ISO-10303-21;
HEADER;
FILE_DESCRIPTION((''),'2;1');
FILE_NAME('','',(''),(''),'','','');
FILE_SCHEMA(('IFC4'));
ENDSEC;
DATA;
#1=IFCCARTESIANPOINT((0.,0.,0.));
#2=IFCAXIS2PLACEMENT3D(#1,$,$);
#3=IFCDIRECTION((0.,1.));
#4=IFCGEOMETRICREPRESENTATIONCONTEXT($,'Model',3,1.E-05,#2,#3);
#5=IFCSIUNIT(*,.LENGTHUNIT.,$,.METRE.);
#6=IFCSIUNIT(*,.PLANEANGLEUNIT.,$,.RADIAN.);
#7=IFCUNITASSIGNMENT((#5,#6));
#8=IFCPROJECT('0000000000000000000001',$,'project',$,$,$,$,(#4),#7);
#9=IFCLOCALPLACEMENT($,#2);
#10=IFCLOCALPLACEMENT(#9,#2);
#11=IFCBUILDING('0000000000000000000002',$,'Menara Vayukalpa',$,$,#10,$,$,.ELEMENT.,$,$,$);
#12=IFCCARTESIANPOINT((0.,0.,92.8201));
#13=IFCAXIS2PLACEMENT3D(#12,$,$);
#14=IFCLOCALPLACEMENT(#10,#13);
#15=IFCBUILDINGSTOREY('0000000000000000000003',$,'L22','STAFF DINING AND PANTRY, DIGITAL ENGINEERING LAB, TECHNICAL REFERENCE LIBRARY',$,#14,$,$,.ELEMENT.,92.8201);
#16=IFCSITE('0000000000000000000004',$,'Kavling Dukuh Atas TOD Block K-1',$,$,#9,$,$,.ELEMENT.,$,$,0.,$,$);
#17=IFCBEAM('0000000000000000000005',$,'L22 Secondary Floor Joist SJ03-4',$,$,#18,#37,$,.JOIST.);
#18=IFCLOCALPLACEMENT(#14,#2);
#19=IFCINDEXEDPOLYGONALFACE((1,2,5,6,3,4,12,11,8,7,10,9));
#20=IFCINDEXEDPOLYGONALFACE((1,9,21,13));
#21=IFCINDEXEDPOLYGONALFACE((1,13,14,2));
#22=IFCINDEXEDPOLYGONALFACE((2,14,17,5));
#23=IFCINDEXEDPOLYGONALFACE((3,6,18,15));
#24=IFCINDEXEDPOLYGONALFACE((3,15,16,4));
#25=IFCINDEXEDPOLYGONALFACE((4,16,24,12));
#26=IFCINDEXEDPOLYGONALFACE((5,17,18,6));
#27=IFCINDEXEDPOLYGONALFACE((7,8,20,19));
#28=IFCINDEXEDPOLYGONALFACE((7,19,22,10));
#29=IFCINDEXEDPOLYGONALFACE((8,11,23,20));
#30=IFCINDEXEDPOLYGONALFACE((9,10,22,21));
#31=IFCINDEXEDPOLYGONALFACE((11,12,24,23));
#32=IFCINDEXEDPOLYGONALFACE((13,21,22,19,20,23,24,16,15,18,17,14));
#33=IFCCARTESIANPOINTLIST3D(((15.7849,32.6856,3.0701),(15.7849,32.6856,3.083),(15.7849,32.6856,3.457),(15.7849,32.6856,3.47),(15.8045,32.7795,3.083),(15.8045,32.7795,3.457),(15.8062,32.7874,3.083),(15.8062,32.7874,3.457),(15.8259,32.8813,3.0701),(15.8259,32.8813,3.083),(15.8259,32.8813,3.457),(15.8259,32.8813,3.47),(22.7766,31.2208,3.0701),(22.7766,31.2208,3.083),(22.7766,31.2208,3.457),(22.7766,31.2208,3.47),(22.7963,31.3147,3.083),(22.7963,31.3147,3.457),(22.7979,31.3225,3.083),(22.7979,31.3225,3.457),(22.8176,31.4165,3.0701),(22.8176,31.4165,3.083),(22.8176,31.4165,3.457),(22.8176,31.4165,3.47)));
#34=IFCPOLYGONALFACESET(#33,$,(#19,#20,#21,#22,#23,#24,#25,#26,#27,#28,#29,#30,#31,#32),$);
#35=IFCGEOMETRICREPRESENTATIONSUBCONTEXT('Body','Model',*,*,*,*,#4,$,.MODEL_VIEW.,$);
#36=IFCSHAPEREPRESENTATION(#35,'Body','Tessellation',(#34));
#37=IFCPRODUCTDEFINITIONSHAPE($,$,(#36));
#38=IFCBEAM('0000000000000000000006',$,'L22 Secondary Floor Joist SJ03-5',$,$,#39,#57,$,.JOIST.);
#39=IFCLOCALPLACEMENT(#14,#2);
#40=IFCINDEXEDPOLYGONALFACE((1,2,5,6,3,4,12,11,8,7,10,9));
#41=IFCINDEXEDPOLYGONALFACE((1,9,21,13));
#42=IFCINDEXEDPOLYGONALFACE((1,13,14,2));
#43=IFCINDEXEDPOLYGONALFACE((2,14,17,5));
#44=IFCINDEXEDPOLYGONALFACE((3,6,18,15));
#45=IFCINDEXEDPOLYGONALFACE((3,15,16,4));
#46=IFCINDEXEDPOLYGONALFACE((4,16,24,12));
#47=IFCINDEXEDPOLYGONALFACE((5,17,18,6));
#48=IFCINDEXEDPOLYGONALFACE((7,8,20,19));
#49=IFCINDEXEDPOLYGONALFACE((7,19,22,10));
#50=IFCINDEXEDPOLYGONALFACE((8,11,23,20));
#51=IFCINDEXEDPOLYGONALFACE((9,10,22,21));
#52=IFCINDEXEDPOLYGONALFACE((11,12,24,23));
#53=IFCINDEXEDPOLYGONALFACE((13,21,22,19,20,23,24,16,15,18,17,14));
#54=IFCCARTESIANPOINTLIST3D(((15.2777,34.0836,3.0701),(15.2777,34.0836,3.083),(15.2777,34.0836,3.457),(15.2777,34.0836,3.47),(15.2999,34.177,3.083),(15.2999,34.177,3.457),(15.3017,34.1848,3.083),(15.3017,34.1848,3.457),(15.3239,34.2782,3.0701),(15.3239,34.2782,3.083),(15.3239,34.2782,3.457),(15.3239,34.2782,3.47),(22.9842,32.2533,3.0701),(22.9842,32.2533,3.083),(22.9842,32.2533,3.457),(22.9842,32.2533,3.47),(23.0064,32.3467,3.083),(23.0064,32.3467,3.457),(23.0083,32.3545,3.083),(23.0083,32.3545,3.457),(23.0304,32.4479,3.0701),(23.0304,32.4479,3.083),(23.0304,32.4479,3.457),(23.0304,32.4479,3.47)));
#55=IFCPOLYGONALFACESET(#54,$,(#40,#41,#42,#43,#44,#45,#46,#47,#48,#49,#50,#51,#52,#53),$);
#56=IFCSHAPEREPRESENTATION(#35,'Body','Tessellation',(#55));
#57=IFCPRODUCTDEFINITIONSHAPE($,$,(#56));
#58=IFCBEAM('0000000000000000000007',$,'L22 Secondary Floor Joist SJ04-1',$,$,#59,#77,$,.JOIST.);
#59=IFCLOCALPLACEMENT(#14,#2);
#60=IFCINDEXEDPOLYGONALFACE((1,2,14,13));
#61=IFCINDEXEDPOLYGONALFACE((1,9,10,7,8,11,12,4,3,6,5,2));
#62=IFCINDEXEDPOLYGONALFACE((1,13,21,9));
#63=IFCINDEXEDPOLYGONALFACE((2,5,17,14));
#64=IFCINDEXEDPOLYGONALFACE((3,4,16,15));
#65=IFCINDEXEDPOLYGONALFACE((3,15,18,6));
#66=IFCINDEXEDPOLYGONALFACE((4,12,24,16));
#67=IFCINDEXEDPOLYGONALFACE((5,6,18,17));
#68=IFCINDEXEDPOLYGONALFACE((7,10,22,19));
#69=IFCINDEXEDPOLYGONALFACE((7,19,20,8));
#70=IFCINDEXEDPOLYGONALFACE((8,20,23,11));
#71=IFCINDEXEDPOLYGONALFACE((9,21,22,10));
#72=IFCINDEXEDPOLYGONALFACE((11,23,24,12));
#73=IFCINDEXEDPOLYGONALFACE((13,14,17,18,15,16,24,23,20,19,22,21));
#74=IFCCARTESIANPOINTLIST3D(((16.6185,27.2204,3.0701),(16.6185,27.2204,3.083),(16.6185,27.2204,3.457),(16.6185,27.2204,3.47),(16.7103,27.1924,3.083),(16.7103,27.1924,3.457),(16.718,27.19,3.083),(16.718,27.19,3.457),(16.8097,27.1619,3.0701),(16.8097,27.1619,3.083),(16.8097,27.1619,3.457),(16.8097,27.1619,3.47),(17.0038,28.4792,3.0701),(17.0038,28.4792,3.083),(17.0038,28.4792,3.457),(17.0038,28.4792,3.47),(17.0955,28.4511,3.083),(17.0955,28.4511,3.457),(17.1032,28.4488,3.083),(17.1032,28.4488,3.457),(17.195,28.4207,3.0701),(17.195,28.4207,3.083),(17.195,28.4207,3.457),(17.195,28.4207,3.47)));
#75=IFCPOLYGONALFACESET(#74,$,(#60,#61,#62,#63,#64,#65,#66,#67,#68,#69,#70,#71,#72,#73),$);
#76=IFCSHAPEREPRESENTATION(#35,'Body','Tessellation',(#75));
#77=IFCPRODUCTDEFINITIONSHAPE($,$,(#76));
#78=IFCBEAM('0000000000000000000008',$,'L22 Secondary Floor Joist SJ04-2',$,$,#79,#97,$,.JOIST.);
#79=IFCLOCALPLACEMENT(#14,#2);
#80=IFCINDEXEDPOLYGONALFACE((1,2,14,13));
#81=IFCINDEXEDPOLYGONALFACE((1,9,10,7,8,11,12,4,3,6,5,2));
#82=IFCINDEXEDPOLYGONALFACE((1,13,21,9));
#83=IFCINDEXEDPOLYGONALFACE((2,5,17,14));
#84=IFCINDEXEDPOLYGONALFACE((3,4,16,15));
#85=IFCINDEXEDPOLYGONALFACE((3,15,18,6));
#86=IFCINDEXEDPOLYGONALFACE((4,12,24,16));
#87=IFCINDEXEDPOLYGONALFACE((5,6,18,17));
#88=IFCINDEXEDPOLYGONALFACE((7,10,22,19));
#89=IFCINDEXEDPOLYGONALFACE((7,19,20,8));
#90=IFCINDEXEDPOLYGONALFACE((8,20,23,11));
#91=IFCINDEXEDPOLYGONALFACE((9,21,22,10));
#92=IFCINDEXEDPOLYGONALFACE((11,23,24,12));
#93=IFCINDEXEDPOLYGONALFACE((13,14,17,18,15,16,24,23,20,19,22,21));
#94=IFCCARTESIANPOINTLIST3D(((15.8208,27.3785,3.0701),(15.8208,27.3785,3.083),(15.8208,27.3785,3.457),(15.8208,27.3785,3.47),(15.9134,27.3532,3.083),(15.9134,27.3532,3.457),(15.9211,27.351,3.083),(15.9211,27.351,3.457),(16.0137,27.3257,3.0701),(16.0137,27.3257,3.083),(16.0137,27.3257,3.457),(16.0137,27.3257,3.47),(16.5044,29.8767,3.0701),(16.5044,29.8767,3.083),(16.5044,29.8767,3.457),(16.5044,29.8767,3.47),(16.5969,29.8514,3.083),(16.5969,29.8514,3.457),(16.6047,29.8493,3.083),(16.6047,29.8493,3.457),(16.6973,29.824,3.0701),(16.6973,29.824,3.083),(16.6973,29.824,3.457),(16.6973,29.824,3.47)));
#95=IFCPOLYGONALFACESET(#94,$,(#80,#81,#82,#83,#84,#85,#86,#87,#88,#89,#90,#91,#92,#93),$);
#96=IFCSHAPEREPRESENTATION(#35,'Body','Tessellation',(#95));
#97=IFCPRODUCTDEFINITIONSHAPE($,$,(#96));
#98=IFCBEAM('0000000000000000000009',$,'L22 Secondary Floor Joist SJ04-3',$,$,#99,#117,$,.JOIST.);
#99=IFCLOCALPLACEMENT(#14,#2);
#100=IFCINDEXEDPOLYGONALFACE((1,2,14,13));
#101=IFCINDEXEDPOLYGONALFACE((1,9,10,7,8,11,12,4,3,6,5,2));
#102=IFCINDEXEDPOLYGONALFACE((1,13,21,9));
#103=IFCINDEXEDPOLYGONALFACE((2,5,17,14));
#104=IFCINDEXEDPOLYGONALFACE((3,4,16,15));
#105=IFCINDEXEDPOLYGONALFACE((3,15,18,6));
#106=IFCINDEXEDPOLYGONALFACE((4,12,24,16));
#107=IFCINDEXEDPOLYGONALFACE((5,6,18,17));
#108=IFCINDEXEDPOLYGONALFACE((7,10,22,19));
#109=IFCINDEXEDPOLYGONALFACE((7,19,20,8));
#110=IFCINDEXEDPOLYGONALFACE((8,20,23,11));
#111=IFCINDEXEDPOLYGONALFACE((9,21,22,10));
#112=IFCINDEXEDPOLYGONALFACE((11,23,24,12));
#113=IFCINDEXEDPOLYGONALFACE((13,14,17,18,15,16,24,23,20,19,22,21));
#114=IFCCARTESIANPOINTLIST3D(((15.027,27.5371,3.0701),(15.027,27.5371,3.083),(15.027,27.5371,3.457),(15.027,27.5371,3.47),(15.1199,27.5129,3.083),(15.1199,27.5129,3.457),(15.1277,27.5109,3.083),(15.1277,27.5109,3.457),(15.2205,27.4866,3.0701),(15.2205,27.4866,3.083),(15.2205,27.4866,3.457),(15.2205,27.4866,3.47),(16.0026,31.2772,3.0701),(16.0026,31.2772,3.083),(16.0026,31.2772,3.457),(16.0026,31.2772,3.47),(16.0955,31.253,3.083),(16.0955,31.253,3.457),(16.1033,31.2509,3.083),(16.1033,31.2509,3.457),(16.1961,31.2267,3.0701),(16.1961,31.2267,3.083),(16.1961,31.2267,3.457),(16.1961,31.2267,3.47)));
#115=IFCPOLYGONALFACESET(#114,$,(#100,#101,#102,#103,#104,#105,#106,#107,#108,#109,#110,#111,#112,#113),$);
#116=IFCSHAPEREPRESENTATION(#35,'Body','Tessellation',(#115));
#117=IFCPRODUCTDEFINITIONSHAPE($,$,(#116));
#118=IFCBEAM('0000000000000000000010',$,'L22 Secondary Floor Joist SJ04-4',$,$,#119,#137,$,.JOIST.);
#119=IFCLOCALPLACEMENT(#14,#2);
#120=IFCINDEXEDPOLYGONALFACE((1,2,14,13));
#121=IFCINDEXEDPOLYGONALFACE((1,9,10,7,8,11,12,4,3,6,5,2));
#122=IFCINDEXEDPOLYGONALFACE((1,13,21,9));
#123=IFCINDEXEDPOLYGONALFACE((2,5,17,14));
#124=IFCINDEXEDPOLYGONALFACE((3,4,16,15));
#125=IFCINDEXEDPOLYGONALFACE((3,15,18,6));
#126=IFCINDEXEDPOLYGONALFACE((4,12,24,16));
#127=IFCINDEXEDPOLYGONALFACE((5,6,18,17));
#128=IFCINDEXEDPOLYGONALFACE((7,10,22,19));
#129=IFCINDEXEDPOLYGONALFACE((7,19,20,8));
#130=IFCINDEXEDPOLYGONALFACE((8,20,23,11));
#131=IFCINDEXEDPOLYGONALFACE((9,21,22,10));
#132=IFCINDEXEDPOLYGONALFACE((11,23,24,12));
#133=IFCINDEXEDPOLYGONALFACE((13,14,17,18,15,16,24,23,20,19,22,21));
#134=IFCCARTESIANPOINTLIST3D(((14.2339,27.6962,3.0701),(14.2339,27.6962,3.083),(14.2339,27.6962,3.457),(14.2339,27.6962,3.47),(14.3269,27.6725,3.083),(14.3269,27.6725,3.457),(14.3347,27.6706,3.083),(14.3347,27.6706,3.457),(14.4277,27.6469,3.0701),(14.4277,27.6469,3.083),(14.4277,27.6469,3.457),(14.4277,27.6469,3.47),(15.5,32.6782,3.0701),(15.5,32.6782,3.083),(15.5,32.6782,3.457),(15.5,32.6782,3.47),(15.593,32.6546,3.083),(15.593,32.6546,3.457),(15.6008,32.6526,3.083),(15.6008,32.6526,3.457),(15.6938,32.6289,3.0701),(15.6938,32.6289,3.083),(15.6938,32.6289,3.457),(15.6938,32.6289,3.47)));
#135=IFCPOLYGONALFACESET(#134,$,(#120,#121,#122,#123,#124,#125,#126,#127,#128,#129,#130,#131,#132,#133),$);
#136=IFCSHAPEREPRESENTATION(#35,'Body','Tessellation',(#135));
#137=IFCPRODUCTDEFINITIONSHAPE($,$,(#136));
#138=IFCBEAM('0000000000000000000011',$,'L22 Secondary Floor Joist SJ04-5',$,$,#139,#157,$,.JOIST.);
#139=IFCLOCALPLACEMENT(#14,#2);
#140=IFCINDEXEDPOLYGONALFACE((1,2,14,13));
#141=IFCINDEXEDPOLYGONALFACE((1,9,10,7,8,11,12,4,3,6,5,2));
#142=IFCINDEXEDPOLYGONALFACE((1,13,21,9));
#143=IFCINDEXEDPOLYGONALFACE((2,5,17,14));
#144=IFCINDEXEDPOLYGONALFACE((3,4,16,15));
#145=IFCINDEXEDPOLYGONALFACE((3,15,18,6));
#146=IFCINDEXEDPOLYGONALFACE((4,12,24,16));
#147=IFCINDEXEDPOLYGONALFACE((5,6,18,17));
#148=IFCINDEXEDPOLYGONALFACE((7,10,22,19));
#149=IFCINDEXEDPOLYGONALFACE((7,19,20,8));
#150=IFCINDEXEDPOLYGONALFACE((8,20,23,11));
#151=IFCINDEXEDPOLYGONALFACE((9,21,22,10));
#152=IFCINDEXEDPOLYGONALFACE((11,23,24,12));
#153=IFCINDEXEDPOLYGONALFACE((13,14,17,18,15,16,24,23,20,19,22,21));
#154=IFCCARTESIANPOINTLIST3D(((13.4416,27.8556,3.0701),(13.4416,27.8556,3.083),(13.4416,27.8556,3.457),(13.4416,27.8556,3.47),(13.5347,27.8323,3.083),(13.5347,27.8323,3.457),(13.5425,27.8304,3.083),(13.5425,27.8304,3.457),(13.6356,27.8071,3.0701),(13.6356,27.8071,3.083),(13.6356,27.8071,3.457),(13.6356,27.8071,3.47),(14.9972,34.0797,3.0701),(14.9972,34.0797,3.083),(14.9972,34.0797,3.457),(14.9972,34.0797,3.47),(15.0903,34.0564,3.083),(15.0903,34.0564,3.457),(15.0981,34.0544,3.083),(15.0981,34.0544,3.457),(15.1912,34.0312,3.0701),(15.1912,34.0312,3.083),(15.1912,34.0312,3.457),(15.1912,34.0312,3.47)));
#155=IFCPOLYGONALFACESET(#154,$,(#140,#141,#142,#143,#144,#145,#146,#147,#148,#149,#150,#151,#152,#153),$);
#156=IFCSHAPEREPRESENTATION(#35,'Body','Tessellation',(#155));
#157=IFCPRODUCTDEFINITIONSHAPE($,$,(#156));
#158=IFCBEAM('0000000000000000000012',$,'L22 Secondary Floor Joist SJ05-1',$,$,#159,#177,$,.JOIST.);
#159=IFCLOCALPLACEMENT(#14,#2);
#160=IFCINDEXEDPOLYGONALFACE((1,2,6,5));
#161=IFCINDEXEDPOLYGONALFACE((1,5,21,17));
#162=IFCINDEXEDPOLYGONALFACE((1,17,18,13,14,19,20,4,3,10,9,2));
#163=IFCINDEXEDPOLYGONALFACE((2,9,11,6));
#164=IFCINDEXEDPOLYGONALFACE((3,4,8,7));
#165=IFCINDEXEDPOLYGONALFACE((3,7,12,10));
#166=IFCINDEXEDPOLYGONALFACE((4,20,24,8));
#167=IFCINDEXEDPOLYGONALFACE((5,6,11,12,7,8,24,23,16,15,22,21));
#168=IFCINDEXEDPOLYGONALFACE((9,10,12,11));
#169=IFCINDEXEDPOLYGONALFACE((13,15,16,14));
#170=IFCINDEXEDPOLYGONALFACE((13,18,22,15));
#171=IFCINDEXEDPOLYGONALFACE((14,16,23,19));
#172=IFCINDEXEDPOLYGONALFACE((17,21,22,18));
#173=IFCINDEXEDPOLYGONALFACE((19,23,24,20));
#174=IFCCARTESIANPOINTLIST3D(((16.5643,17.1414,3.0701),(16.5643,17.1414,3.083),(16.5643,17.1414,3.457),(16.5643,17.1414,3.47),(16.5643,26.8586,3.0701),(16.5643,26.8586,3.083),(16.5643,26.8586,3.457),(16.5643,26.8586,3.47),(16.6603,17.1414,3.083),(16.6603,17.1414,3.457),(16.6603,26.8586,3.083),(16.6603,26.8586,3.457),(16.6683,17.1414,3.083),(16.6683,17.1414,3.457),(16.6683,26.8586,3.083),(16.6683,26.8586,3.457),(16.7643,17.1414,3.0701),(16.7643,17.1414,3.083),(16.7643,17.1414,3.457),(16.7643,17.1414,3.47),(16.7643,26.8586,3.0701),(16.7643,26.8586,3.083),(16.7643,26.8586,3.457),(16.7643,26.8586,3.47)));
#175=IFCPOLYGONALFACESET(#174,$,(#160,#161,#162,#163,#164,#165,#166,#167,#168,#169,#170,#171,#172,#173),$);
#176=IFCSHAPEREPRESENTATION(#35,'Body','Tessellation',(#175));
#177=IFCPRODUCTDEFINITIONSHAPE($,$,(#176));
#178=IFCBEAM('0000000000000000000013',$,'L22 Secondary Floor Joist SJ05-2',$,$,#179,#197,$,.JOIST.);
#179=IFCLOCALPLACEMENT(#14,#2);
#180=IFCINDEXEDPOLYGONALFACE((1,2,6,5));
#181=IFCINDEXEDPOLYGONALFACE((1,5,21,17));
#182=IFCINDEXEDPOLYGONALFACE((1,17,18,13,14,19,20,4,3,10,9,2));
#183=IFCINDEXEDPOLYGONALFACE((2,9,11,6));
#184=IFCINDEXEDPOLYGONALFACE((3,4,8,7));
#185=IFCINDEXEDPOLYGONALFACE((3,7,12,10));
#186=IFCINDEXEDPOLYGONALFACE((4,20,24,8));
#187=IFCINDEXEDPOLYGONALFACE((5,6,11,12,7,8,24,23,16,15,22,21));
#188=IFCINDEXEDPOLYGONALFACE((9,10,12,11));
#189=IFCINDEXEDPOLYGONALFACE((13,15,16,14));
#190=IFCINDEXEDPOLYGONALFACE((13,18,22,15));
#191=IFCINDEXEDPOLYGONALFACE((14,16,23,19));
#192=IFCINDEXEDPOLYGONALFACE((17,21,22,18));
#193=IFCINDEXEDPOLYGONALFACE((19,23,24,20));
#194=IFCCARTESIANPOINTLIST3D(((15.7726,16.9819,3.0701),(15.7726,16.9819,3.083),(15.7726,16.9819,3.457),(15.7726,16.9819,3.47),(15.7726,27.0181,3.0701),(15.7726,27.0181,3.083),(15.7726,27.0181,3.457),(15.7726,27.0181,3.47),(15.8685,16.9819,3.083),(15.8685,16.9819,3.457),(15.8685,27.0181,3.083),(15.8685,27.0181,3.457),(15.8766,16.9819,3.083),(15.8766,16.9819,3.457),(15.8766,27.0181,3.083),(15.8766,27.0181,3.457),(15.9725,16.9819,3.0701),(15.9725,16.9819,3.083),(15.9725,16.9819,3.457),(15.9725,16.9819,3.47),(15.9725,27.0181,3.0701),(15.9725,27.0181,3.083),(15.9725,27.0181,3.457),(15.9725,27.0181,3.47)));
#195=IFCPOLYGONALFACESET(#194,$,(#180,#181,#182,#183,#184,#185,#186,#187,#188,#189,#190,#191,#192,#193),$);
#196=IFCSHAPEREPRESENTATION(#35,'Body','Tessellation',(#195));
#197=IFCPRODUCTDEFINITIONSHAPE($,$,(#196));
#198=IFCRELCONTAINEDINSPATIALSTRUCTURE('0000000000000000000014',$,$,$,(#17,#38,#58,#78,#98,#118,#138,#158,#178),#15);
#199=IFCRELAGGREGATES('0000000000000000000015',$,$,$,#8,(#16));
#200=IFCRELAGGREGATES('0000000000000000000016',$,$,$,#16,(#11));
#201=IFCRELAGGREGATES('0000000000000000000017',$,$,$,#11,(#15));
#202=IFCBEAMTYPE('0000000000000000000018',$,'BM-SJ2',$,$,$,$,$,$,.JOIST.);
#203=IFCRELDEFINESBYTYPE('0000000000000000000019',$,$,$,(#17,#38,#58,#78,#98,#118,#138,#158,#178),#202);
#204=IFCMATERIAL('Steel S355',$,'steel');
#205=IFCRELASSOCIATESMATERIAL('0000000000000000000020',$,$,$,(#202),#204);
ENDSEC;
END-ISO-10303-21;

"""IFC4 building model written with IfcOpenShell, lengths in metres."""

from ifc_helpers import new_model, si_unit, direction, frame, origin, origin_2d, place, context, subcontext, project, spatial, i_section, extrude, material, material_profile, profile_set, type_object, element, save


model = new_model("IFC4")

# Units and contexts
model_context = context("Model", 3, precision=1e-05, world=origin(), true_north=direction((0.0, 1.0)))
body_context = subcontext(model_context, "Body", "Model", "MODEL_VIEW")
ifc_project = project(units=[si_unit("LENGTHUNIT", "METRE"), si_unit("PLANEANGLEUNIT", "RADIAN")], contexts=[model_context])

# Site, building, storey
site_placement = place(None, origin())
site = spatial("IfcSite", under=ifc_project, at=site_placement, Name="Kavling Dukuh Atas TOD Block K-1", CompositionType="ELEMENT", RefElevation=0.0)
building_placement = place(site_placement, origin())
building = spatial("IfcBuilding", under=site, at=building_placement, Name="Menara Vayukalpa", CompositionType="ELEMENT")
storey_placement = place(building_placement, frame((0.0, 0.0, 92.8201)))
storey = spatial("IfcBuildingStorey", under=building, at=storey_placement, Name="L22", Description="STAFF DINING AND PANTRY, DIGITAL ENGINEERING LAB, TECHNICAL REFERENCE LIBRARY", CompositionType="ELEMENT", Elevation=92.8201)

# Beams
ifc_material_1 = material(Name="Steel S355", Category="steel")
ifc_material_profile_1 = material_profile(ifc_material_1, i_section(OverallWidth=0.2, OverallDepth=0.3999, WebThickness=0.0081, FlangeThickness=0.0129, at=origin_2d()), Name="WF 400x200x8x13")
ifc_profile_set_1 = profile_set([ifc_material_profile_1], Name="Steel S355")
beam_type_1 = type_object("IfcBeamType", Name="BM-SJ2", PredefinedType="JOIST", material=ifc_profile_set_1)
beam_1_placement = place(storey_placement, frame((22.7971, 31.3186, 3.27), z_axis=(-0.978749, 0.20506, 0.0), x_axis=(-0.20506, -0.978749, 0.0)))
element("IfcBeam", 1, at=beam_1_placement, inside=storey, type_object=beam_type_1, Name="L22 Secondary Floor Joist SJ03-4", PredefinedType="JOIST", context=body_context, shape_type="SweptSolid", body=[
    extrude(i_section(OverallWidth=0.2, OverallDepth=0.3999, WebThickness=0.0081, FlangeThickness=0.0129, at=origin_2d()), origin(), (0.0, 0.0, 1.0), 7.1436),
])
beam_2_placement = place(storey_placement, frame((23.0073, 32.3506, 3.27), z_axis=(-0.972936, 0.231075, 0.0), x_axis=(-0.231075, -0.972936, 0.0)))
element("IfcBeam", 2, at=beam_2_placement, inside=storey, type_object=beam_type_1, Name="L22 Secondary Floor Joist SJ03-5", PredefinedType="JOIST", context=body_context, shape_type="SweptSolid", body=[
    extrude(i_section(OverallWidth=0.2, OverallDepth=0.3999, WebThickness=0.0081, FlangeThickness=0.0129, at=origin_2d()), origin(), (0.0, 0.0, 1.0), 7.9209),
])
beam_3_placement = place(storey_placement, frame((17.0994, 28.45, 3.27), z_axis=(-0.292652, -0.956219, 0.0), x_axis=(0.956219, -0.292652, 0.0)))
element("IfcBeam", 3, at=beam_3_placement, inside=storey, type_object=beam_type_1, Name="L22 Secondary Floor Joist SJ04-1", PredefinedType="JOIST", context=body_context, shape_type="SweptSolid", body=[
    extrude(i_section(OverallWidth=0.2, OverallDepth=0.3999, WebThickness=0.0081, FlangeThickness=0.0129, at=origin_2d()), origin(), (0.0, 0.0, 1.0), 1.3164),
])
beam_4_placement = place(storey_placement, frame((16.6008, 29.8503, 3.27), z_axis=(-0.263923, -0.964544, 0.0), x_axis=(0.964544, -0.263923, 0.0)))
element("IfcBeam", 4, at=beam_4_placement, inside=storey, type_object=beam_type_1, Name="L22 Secondary Floor Joist SJ04-2", PredefinedType="JOIST", context=body_context, shape_type="SweptSolid", body=[
    extrude(i_section(OverallWidth=0.2, OverallDepth=0.3999, WebThickness=0.0081, FlangeThickness=0.0129, at=origin_2d()), origin(), (0.0, 0.0, 1.0), 2.5901),
])
beam_5_placement = place(storey_placement, frame((16.0994, 31.252, 3.27), z_axis=(-0.252406, -0.967621, 0.0), x_axis=(0.967621, -0.252406, 0.0)))
element("IfcBeam", 5, at=beam_5_placement, inside=storey, type_object=beam_type_1, Name="L22 Secondary Floor Joist SJ04-3", PredefinedType="JOIST", context=body_context, shape_type="SweptSolid", body=[
    extrude(i_section(OverallWidth=0.2, OverallDepth=0.3999, WebThickness=0.0081, FlangeThickness=0.0129, at=origin_2d()), origin(), (0.0, 0.0, 1.0), 3.8652),
])
beam_6_placement = place(storey_placement, frame((15.5969, 32.6536, 3.27), z_axis=(-0.246311, -0.969191, 0.0), x_axis=(0.969191, -0.246311, 0.0)))
element("IfcBeam", 6, at=beam_6_placement, inside=storey, type_object=beam_type_1, Name="L22 Secondary Floor Joist SJ04-4", PredefinedType="JOIST", context=body_context, shape_type="SweptSolid", body=[
    extrude(i_section(OverallWidth=0.2, OverallDepth=0.3999, WebThickness=0.0081, FlangeThickness=0.0129, at=origin_2d()), origin(), (0.0, 0.0, 1.0), 5.1404),
])
beam_7_placement = place(storey_placement, frame((15.0942, 34.0554, 3.27), z_axis=(-0.242482, -0.970156, 0.0), x_axis=(0.970156, -0.242482, 0.0)))
element("IfcBeam", 7, at=beam_7_placement, inside=storey, type_object=beam_type_1, Name="L22 Secondary Floor Joist SJ04-5", PredefinedType="JOIST", context=body_context, shape_type="SweptSolid", body=[
    extrude(i_section(OverallWidth=0.2, OverallDepth=0.3999, WebThickness=0.0081, FlangeThickness=0.0129, at=origin_2d()), origin(), (0.0, 0.0, 1.0), 6.4155),
])
beam_8_placement = place(storey_placement, frame((16.6643, 26.8586, 3.27), z_axis=(0.0, -1.0, 0.0), x_axis=(1.0, 0.0, 0.0)))
element("IfcBeam", 8, at=beam_8_placement, inside=storey, type_object=beam_type_1, Name="L22 Secondary Floor Joist SJ05-1", PredefinedType="JOIST", context=body_context, shape_type="SweptSolid", body=[
    extrude(i_section(OverallWidth=0.2, OverallDepth=0.3999, WebThickness=0.0081, FlangeThickness=0.0129, at=origin_2d()), origin(), (0.0, 0.0, 1.0), 9.7173),
])
beam_9_placement = place(storey_placement, frame((15.8726, 27.0181, 3.27), z_axis=(0.0, -1.0, 0.0), x_axis=(1.0, 0.0, 0.0)))
element("IfcBeam", 9, at=beam_9_placement, inside=storey, type_object=beam_type_1, Name="L22 Secondary Floor Joist SJ05-2", PredefinedType="JOIST", context=body_context, shape_type="SweptSolid", body=[
    extrude(i_section(OverallWidth=0.2, OverallDepth=0.3999, WebThickness=0.0081, FlangeThickness=0.0129, at=origin_2d()), origin(), (0.0, 0.0, 1.0), 10.0361),
])

save(model, "model.ifc")
